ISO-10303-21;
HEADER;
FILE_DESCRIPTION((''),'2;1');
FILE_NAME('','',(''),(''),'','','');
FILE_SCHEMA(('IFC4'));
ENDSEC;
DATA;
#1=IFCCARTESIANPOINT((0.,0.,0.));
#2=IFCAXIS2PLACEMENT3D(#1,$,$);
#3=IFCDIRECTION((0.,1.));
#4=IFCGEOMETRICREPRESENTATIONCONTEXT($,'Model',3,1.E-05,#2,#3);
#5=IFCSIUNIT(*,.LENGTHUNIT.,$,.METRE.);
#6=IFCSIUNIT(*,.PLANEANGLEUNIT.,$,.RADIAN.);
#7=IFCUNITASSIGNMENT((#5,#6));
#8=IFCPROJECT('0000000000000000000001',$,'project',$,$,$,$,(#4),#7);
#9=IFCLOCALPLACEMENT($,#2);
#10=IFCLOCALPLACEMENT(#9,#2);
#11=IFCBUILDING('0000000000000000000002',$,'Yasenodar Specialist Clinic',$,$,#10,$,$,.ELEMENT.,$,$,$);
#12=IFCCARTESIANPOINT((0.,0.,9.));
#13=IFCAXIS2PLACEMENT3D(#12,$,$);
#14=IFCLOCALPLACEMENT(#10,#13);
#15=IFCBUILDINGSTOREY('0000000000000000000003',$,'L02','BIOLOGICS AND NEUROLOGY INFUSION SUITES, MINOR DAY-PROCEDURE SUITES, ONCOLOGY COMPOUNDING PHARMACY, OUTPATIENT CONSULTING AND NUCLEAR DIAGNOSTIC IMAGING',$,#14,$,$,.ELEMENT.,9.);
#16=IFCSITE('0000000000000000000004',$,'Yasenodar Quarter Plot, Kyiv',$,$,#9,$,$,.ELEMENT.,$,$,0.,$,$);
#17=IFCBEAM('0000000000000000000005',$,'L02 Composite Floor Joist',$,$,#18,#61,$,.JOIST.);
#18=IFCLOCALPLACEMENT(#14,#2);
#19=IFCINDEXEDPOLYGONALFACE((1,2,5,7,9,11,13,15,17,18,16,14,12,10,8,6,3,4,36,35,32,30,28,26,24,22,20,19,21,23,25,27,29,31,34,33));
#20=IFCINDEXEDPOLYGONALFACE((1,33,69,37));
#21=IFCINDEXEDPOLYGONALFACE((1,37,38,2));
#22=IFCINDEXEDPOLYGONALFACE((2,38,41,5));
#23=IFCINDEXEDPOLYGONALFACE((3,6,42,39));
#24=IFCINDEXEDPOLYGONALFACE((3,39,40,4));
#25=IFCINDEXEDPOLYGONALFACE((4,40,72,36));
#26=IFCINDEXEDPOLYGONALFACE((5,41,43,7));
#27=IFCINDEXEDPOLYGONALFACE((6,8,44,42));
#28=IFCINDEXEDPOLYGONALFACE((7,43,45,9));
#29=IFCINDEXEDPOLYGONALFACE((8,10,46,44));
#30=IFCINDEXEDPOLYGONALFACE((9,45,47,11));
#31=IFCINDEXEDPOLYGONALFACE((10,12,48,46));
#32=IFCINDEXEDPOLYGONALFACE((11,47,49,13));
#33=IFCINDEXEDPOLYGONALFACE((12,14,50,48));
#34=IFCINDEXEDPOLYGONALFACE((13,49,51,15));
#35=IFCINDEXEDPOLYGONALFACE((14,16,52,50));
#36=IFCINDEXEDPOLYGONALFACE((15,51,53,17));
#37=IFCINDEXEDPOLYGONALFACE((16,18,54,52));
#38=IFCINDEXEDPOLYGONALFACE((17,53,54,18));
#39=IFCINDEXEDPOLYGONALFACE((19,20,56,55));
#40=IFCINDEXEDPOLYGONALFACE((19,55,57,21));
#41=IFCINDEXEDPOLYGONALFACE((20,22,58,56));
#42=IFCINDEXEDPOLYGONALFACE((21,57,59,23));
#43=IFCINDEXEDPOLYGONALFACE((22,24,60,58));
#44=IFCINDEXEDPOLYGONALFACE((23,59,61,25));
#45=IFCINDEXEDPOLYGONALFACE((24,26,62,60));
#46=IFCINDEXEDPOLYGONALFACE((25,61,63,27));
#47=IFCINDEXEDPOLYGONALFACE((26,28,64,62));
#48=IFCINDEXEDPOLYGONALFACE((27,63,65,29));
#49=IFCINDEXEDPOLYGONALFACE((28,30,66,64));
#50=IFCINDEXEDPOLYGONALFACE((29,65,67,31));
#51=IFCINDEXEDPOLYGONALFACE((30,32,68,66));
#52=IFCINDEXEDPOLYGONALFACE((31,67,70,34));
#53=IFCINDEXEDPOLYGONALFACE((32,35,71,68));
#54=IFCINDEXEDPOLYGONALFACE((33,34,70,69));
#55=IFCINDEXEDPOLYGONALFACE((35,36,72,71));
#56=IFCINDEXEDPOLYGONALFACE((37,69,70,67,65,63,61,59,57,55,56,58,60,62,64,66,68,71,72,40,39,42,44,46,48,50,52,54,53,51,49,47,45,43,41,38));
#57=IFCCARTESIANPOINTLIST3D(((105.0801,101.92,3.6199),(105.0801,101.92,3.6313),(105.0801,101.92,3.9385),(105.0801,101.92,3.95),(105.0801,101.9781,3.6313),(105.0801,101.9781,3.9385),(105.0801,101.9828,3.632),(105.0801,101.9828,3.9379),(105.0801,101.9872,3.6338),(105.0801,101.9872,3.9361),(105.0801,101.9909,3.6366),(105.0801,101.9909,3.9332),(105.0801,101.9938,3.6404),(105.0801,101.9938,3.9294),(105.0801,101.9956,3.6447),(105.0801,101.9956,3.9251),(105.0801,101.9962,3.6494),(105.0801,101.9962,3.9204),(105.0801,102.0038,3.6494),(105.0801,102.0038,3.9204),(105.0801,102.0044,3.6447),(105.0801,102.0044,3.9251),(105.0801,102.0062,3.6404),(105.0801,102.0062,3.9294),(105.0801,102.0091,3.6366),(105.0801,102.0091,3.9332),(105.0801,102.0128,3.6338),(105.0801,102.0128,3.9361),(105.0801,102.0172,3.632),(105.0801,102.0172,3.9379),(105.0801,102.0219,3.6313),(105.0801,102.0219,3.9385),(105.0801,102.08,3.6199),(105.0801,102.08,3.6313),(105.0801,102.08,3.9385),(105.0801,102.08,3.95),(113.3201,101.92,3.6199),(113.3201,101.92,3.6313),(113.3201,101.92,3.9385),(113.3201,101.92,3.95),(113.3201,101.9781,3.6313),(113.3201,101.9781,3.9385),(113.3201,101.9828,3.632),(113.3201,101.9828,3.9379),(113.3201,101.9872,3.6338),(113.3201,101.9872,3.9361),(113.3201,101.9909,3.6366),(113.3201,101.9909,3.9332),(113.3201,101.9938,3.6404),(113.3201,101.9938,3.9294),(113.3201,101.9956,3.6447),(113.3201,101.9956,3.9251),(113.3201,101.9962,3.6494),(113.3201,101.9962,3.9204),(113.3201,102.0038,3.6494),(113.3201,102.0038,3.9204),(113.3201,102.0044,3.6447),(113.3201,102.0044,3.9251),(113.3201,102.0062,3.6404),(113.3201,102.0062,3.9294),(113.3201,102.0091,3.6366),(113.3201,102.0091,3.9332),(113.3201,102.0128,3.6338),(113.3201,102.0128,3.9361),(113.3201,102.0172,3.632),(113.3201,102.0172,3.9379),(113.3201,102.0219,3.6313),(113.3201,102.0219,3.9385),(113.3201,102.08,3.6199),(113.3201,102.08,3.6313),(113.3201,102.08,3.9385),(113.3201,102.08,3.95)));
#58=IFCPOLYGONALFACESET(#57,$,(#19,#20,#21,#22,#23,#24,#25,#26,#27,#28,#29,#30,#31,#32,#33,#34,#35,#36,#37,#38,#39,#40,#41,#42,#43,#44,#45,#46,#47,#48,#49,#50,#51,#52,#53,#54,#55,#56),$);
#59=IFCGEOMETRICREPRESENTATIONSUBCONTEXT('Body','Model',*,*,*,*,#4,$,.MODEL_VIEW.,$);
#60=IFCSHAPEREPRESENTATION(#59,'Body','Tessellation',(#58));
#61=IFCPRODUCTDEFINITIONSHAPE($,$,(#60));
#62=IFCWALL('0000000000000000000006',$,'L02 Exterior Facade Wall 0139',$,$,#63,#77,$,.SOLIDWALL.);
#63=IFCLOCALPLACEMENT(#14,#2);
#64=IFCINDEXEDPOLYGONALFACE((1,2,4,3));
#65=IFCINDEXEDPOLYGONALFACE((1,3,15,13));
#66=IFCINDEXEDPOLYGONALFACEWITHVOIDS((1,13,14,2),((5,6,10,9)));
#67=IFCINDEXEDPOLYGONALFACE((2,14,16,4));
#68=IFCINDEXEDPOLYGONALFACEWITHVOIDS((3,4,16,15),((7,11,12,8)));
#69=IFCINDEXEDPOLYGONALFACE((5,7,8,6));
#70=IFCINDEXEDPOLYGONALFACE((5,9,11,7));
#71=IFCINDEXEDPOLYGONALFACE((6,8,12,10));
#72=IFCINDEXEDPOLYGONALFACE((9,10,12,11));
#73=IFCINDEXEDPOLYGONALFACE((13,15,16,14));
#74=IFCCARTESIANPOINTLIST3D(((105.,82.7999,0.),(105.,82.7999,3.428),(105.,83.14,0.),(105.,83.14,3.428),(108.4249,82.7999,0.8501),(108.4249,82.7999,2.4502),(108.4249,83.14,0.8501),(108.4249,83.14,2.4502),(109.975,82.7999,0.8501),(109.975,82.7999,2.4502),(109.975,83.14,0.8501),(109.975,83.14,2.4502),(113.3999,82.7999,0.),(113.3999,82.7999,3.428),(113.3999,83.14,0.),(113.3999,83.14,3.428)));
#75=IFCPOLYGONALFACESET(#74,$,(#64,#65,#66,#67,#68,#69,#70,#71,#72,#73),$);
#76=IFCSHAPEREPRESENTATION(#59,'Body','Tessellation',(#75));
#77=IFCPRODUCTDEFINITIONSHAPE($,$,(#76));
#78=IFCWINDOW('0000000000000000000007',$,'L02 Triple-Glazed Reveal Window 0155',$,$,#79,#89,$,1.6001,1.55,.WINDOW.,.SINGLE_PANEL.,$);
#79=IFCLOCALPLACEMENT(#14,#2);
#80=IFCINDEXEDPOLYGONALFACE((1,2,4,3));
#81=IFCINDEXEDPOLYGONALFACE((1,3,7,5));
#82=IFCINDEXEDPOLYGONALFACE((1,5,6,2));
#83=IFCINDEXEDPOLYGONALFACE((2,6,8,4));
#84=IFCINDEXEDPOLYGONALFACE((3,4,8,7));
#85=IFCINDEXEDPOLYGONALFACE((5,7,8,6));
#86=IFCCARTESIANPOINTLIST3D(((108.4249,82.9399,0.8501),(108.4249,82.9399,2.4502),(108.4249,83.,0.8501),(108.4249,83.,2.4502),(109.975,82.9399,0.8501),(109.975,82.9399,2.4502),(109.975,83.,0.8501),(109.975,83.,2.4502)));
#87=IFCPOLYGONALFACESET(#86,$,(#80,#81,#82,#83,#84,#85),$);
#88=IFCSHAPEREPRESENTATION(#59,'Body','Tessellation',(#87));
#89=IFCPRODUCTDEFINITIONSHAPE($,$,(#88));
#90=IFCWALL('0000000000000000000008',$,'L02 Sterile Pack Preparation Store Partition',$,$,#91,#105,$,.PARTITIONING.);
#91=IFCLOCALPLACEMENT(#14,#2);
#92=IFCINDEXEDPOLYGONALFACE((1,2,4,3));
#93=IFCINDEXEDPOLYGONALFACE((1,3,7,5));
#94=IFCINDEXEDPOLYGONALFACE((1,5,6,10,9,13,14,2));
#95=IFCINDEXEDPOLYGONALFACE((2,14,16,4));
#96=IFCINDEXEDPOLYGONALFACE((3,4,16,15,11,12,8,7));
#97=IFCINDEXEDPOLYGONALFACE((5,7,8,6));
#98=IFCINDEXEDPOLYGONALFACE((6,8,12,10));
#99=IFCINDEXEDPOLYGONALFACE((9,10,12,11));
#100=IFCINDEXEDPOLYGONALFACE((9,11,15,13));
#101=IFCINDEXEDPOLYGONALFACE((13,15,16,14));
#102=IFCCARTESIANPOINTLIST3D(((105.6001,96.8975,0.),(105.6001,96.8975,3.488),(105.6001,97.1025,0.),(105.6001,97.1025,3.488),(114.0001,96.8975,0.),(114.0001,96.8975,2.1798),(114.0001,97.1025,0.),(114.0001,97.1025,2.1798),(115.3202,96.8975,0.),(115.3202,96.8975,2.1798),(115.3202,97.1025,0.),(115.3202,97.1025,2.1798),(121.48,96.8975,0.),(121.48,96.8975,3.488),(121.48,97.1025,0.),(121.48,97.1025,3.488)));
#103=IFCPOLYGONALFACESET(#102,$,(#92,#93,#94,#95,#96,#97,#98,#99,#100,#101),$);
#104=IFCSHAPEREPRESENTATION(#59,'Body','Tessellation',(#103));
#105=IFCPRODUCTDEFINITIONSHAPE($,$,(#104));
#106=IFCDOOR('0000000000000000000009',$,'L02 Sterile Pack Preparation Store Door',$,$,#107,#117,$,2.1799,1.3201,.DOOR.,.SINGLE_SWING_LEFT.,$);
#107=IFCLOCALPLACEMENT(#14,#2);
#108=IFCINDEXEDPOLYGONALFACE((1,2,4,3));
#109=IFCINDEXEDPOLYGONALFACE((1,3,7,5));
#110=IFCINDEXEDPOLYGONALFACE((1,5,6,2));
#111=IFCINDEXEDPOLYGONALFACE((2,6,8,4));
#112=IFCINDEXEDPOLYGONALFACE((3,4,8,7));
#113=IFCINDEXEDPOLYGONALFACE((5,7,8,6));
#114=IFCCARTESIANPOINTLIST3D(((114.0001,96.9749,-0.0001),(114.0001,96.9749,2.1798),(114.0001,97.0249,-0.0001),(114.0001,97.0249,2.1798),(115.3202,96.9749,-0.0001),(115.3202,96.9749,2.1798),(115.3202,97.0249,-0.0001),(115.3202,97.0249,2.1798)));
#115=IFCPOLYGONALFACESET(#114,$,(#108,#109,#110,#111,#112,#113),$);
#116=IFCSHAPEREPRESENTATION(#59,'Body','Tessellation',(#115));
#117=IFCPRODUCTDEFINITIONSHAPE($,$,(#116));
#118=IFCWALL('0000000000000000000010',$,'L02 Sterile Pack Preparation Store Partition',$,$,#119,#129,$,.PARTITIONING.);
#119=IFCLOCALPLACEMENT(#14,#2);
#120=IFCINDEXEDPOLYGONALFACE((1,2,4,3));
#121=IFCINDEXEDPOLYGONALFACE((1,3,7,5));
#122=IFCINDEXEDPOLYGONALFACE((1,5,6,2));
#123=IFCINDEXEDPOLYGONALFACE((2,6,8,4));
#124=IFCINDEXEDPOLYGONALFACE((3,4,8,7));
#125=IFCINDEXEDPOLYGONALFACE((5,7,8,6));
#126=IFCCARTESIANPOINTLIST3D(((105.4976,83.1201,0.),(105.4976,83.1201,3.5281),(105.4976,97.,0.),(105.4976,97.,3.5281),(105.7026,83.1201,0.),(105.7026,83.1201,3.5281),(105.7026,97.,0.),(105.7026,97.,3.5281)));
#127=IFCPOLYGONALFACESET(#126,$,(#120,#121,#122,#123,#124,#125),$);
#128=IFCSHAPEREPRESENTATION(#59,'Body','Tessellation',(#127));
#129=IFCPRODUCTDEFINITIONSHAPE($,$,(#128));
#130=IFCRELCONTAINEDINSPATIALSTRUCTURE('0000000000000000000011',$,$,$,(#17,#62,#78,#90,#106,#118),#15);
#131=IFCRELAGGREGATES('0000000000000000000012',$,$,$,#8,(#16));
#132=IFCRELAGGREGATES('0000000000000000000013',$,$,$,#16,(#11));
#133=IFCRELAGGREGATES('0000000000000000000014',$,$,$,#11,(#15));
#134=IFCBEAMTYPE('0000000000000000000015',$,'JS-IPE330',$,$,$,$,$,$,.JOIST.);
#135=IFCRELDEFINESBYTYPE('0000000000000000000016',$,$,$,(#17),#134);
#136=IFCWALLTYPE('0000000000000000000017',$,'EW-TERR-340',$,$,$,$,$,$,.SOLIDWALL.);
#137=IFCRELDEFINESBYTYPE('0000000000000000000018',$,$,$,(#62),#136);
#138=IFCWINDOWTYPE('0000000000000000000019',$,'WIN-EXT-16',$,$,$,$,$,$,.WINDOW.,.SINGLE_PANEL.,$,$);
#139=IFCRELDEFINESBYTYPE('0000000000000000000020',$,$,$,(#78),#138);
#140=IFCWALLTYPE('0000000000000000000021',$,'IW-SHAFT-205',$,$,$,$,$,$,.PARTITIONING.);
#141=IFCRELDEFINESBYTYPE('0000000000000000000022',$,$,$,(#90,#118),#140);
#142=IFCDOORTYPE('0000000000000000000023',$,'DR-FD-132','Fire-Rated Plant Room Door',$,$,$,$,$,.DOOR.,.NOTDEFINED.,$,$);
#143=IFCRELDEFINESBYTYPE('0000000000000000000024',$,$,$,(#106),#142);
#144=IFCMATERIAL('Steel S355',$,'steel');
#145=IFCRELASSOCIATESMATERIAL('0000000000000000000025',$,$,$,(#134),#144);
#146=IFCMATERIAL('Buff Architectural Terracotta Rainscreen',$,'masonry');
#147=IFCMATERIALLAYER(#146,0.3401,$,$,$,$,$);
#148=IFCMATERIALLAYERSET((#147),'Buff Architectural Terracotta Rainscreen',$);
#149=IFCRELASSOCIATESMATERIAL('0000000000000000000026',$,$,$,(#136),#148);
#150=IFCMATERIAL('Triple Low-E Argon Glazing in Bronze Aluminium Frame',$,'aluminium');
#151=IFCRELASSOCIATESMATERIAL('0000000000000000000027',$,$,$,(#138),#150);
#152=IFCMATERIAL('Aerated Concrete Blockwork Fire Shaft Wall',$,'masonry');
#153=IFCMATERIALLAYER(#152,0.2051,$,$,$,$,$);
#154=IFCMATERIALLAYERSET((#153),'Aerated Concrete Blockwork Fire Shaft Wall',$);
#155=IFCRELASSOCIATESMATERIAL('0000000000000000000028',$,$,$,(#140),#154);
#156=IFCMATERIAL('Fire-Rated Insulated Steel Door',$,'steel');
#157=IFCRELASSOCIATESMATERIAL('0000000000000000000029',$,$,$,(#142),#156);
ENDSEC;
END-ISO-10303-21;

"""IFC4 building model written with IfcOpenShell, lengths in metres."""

from ifc_helpers import new_model, si_unit, direction, frame, frame_2d, origin, origin_2d, place, context, subcontext, project, spatial, rectangle, i_section, extrude, material, layer, layer_set, material_profile, profile_set, type_object, element, fill, save


model = new_model("IFC4")

# Units and contexts
model_context = context("Model", 3, precision=1e-05, world=origin(), true_north=direction((0.0, 1.0)))
body_context = subcontext(model_context, "Body", "Model", "MODEL_VIEW")
ifc_project = project(units=[si_unit("LENGTHUNIT", "METRE"), si_unit("PLANEANGLEUNIT", "RADIAN")], contexts=[model_context])

# Site, building, storey
site_placement = place(None, origin())
site = spatial("IfcSite", under=ifc_project, at=site_placement, Name="Yasenodar Quarter Plot, Kyiv", CompositionType="ELEMENT", RefElevation=0.0)
building_placement = place(site_placement, origin())
building = spatial("IfcBuilding", under=site, at=building_placement, Name="Yasenodar Specialist Clinic", CompositionType="ELEMENT")
storey_placement = place(building_placement, frame((0.0, 0.0, 9.0)))
storey = spatial("IfcBuildingStorey", under=building, at=storey_placement, Name="L02", Description="BIOLOGICS AND NEUROLOGY INFUSION SUITES, MINOR DAY-PROCEDURE SUITES, ONCOLOGY COMPOUNDING PHARMACY, OUTPATIENT CONSULTING AND NUCLEAR DIAGNOSTIC IMAGING", CompositionType="ELEMENT", Elevation=9.0)

# Shared definitions
ifc_material_1 = material(Name="Steel S355", Category="steel")

# Beam
ifc_material_profile_1 = material_profile(ifc_material_1, i_section(OverallWidth=0.1599, OverallDepth=0.3301, WebThickness=0.0076, FlangeThickness=0.0115, FilletRadius=0.0181, at=origin_2d()), Name="IPE 330")
ifc_profile_set_1 = profile_set([ifc_material_profile_1], Name="Steel S355")
beam_type_1 = type_object("IfcBeamType", Name="JS-IPE330", PredefinedType="JOIST", material=ifc_profile_set_1)
for number, where, z_axis, x_axis, name in (
    (1, (105.0801, 102.0, 3.7849), (1.0, 0.0, 0.0), (0.0, 1.0, 0.0), "L02 Composite Floor Joist"),
):
    element("IfcBeam", number, at=place(storey_placement, frame(where, z_axis=z_axis, x_axis=x_axis)), inside=storey, type_object=beam_type_1, Name=name, PredefinedType="JOIST", context=body_context, shape_type="SweptSolid", body=[
        extrude(i_section(OverallWidth=0.1599, OverallDepth=0.3301, WebThickness=0.0076, FlangeThickness=0.0115, FilletRadius=0.0181, at=origin_2d()), origin(), (0.0, 0.0, 1.0), 8.24),
    ])

# Wall, opening, window
ifc_material_2 = material(Name="Buff Architectural Terracotta Rainscreen", Category="masonry")
ifc_layer_1 = layer(ifc_material_2, 0.3401)
ifc_layer_set_1 = layer_set([ifc_layer_1], Name="Buff Architectural Terracotta Rainscreen")
wall_type_1 = type_object("IfcWallType", Name="EW-TERR-340", PredefinedType="SOLIDWALL", material=ifc_layer_set_1)
wall_1_placement = place(storey_placement, frame((113.3999, 82.97, 0.0), z_axis=(0.0, 0.0, 1.0), x_axis=(-1.0, 0.0, 0.0)))
wall_1 = element("IfcWall", 2, at=wall_1_placement, inside=storey, type_object=wall_type_1, Name="L02 Exterior Facade Wall 0139", PredefinedType="SOLIDWALL", context=body_context, shape_type="SweptSolid", body=[
    extrude(rectangle(XDim=8.3999, YDim=0.3401, at=frame_2d((4.2, 0.0))), origin(), (0.0, 0.0, 1.0), 3.428),
])
opening_1_placement = place(wall_1_placement, frame((3.425, 0.0, 0.8501)))
opening_1 = element("IfcOpeningElement", 3, at=opening_1_placement, cuts=wall_1, PredefinedType="OPENING", context=body_context, shape_type="SweptSolid", body=[
    extrude(rectangle(XDim=1.55, YDim=1.6001, at=frame_2d((0.7749, 0.8))), frame((0.0, 0.1802, 0.0), z_axis=(0.0, -1.0, 0.0), x_axis=(1.0, 0.0, 0.0)), (0.0, 0.0, 1.0), 0.3601),
])
ifc_material_3 = material(Name="Triple Low-E Argon Glazing in Bronze Aluminium Frame", Category="aluminium")
window_type = type_object("IfcWindowType", Name="WIN-EXT-16", PartitioningType="SINGLE_PANEL", PredefinedType="WINDOW", material=ifc_material_3)
window_placement = place(opening_1_placement, origin())
window = element("IfcWindow", 4, at=window_placement, inside=storey, type_object=window_type, Name="L02 Triple-Glazed Reveal Window 0155", OverallHeight=1.6001, OverallWidth=1.55, PartitioningType="SINGLE_PANEL", PredefinedType="WINDOW", context=body_context, shape_type="SweptSolid", body=[
    extrude(rectangle(XDim=1.55, YDim=1.6001, at=frame_2d((0.7749, 0.8))), frame((0.0, 0.03, 0.0), z_axis=(0.0, -1.0, 0.0), x_axis=(1.0, 0.0, 0.0)), (0.0, 0.0, 1.0), 0.0601),
])
fill(opening_1, window)

# Wall, opening, door
ifc_material_4 = material(Name="Aerated Concrete Blockwork Fire Shaft Wall", Category="masonry")
ifc_layer_2 = layer(ifc_material_4, 0.2051)
ifc_layer_set_2 = layer_set([ifc_layer_2], Name="Aerated Concrete Blockwork Fire Shaft Wall")
wall_type_2 = type_object("IfcWallType", Name="IW-SHAFT-205", PredefinedType="PARTITIONING", material=ifc_layer_set_2)
wall_2_placement = place(storey_placement, frame((105.6001, 97.0, 0.0), z_axis=(0.0, 0.0, 1.0), x_axis=(1.0, 0.0, 0.0)))
wall_2 = element("IfcWall", 5, at=wall_2_placement, inside=storey, type_object=wall_type_2, Name="L02 Sterile Pack Preparation Store Partition", PredefinedType="PARTITIONING", context=body_context, shape_type="SweptSolid", body=[
    extrude(rectangle(XDim=15.8799, YDim=0.2051, at=frame_2d((7.9399, 0.0))), origin(), (0.0, 0.0, 1.0), 3.488),
])
opening_2_placement = place(wall_2_placement, frame((8.3999, 0.0, 0.0)))
opening_2 = element("IfcOpeningElement", 6, at=opening_2_placement, cuts=wall_2, PredefinedType="OPENING", context=body_context, shape_type="SweptSolid", body=[
    extrude(rectangle(XDim=1.3201, YDim=2.1799, at=frame_2d((0.6602, 1.0898))), frame((0.0, 0.1125, 0.0), z_axis=(0.0, -1.0, 0.0), x_axis=(1.0, 0.0, 0.0)), (0.0, 0.0, 1.0), 0.2251),
])
ifc_material_5 = material(Name="Fire-Rated Insulated Steel Door", Category="steel")
door_type = type_object("IfcDoorType", Name="DR-FD-132", Description="Fire-Rated Plant Room Door", OperationType="NOTDEFINED", PredefinedType="DOOR", material=ifc_material_5)
door_placement = place(opening_2_placement, origin())
door = element("IfcDoor", 7, at=door_placement, inside=storey, type_object=door_type, Name="L02 Sterile Pack Preparation Store Door", OperationType="SINGLE_SWING_LEFT", OverallHeight=2.1799, OverallWidth=1.3201, PredefinedType="DOOR", context=body_context, shape_type="SweptSolid", body=[
    extrude(rectangle(XDim=1.3201, YDim=2.1799, at=frame_2d((0.6602, 1.0898))), frame((0.0, 0.0249, 0.0), z_axis=(0.0, -1.0, 0.0), x_axis=(1.0, 0.0, 0.0)), (0.0, 0.0, 1.0), 0.05),
])
fill(opening_2, door)

# Wall
wall_3_placement = place(storey_placement, frame((105.6001, 83.1201, 0.0), z_axis=(0.0, 0.0, 1.0), x_axis=(0.0, 1.0, 0.0)))
element("IfcWall", 8, at=wall_3_placement, inside=storey, type_object=wall_type_2, Name="L02 Sterile Pack Preparation Store Partition", PredefinedType="PARTITIONING", context=body_context, shape_type="SweptSolid", body=[
    extrude(rectangle(XDim=13.8799, YDim=0.2051, at=frame_2d((6.9399, 0.0))), origin(), (0.0, 0.0, 1.0), 3.5281),
])

save(model, "model.ifc")
